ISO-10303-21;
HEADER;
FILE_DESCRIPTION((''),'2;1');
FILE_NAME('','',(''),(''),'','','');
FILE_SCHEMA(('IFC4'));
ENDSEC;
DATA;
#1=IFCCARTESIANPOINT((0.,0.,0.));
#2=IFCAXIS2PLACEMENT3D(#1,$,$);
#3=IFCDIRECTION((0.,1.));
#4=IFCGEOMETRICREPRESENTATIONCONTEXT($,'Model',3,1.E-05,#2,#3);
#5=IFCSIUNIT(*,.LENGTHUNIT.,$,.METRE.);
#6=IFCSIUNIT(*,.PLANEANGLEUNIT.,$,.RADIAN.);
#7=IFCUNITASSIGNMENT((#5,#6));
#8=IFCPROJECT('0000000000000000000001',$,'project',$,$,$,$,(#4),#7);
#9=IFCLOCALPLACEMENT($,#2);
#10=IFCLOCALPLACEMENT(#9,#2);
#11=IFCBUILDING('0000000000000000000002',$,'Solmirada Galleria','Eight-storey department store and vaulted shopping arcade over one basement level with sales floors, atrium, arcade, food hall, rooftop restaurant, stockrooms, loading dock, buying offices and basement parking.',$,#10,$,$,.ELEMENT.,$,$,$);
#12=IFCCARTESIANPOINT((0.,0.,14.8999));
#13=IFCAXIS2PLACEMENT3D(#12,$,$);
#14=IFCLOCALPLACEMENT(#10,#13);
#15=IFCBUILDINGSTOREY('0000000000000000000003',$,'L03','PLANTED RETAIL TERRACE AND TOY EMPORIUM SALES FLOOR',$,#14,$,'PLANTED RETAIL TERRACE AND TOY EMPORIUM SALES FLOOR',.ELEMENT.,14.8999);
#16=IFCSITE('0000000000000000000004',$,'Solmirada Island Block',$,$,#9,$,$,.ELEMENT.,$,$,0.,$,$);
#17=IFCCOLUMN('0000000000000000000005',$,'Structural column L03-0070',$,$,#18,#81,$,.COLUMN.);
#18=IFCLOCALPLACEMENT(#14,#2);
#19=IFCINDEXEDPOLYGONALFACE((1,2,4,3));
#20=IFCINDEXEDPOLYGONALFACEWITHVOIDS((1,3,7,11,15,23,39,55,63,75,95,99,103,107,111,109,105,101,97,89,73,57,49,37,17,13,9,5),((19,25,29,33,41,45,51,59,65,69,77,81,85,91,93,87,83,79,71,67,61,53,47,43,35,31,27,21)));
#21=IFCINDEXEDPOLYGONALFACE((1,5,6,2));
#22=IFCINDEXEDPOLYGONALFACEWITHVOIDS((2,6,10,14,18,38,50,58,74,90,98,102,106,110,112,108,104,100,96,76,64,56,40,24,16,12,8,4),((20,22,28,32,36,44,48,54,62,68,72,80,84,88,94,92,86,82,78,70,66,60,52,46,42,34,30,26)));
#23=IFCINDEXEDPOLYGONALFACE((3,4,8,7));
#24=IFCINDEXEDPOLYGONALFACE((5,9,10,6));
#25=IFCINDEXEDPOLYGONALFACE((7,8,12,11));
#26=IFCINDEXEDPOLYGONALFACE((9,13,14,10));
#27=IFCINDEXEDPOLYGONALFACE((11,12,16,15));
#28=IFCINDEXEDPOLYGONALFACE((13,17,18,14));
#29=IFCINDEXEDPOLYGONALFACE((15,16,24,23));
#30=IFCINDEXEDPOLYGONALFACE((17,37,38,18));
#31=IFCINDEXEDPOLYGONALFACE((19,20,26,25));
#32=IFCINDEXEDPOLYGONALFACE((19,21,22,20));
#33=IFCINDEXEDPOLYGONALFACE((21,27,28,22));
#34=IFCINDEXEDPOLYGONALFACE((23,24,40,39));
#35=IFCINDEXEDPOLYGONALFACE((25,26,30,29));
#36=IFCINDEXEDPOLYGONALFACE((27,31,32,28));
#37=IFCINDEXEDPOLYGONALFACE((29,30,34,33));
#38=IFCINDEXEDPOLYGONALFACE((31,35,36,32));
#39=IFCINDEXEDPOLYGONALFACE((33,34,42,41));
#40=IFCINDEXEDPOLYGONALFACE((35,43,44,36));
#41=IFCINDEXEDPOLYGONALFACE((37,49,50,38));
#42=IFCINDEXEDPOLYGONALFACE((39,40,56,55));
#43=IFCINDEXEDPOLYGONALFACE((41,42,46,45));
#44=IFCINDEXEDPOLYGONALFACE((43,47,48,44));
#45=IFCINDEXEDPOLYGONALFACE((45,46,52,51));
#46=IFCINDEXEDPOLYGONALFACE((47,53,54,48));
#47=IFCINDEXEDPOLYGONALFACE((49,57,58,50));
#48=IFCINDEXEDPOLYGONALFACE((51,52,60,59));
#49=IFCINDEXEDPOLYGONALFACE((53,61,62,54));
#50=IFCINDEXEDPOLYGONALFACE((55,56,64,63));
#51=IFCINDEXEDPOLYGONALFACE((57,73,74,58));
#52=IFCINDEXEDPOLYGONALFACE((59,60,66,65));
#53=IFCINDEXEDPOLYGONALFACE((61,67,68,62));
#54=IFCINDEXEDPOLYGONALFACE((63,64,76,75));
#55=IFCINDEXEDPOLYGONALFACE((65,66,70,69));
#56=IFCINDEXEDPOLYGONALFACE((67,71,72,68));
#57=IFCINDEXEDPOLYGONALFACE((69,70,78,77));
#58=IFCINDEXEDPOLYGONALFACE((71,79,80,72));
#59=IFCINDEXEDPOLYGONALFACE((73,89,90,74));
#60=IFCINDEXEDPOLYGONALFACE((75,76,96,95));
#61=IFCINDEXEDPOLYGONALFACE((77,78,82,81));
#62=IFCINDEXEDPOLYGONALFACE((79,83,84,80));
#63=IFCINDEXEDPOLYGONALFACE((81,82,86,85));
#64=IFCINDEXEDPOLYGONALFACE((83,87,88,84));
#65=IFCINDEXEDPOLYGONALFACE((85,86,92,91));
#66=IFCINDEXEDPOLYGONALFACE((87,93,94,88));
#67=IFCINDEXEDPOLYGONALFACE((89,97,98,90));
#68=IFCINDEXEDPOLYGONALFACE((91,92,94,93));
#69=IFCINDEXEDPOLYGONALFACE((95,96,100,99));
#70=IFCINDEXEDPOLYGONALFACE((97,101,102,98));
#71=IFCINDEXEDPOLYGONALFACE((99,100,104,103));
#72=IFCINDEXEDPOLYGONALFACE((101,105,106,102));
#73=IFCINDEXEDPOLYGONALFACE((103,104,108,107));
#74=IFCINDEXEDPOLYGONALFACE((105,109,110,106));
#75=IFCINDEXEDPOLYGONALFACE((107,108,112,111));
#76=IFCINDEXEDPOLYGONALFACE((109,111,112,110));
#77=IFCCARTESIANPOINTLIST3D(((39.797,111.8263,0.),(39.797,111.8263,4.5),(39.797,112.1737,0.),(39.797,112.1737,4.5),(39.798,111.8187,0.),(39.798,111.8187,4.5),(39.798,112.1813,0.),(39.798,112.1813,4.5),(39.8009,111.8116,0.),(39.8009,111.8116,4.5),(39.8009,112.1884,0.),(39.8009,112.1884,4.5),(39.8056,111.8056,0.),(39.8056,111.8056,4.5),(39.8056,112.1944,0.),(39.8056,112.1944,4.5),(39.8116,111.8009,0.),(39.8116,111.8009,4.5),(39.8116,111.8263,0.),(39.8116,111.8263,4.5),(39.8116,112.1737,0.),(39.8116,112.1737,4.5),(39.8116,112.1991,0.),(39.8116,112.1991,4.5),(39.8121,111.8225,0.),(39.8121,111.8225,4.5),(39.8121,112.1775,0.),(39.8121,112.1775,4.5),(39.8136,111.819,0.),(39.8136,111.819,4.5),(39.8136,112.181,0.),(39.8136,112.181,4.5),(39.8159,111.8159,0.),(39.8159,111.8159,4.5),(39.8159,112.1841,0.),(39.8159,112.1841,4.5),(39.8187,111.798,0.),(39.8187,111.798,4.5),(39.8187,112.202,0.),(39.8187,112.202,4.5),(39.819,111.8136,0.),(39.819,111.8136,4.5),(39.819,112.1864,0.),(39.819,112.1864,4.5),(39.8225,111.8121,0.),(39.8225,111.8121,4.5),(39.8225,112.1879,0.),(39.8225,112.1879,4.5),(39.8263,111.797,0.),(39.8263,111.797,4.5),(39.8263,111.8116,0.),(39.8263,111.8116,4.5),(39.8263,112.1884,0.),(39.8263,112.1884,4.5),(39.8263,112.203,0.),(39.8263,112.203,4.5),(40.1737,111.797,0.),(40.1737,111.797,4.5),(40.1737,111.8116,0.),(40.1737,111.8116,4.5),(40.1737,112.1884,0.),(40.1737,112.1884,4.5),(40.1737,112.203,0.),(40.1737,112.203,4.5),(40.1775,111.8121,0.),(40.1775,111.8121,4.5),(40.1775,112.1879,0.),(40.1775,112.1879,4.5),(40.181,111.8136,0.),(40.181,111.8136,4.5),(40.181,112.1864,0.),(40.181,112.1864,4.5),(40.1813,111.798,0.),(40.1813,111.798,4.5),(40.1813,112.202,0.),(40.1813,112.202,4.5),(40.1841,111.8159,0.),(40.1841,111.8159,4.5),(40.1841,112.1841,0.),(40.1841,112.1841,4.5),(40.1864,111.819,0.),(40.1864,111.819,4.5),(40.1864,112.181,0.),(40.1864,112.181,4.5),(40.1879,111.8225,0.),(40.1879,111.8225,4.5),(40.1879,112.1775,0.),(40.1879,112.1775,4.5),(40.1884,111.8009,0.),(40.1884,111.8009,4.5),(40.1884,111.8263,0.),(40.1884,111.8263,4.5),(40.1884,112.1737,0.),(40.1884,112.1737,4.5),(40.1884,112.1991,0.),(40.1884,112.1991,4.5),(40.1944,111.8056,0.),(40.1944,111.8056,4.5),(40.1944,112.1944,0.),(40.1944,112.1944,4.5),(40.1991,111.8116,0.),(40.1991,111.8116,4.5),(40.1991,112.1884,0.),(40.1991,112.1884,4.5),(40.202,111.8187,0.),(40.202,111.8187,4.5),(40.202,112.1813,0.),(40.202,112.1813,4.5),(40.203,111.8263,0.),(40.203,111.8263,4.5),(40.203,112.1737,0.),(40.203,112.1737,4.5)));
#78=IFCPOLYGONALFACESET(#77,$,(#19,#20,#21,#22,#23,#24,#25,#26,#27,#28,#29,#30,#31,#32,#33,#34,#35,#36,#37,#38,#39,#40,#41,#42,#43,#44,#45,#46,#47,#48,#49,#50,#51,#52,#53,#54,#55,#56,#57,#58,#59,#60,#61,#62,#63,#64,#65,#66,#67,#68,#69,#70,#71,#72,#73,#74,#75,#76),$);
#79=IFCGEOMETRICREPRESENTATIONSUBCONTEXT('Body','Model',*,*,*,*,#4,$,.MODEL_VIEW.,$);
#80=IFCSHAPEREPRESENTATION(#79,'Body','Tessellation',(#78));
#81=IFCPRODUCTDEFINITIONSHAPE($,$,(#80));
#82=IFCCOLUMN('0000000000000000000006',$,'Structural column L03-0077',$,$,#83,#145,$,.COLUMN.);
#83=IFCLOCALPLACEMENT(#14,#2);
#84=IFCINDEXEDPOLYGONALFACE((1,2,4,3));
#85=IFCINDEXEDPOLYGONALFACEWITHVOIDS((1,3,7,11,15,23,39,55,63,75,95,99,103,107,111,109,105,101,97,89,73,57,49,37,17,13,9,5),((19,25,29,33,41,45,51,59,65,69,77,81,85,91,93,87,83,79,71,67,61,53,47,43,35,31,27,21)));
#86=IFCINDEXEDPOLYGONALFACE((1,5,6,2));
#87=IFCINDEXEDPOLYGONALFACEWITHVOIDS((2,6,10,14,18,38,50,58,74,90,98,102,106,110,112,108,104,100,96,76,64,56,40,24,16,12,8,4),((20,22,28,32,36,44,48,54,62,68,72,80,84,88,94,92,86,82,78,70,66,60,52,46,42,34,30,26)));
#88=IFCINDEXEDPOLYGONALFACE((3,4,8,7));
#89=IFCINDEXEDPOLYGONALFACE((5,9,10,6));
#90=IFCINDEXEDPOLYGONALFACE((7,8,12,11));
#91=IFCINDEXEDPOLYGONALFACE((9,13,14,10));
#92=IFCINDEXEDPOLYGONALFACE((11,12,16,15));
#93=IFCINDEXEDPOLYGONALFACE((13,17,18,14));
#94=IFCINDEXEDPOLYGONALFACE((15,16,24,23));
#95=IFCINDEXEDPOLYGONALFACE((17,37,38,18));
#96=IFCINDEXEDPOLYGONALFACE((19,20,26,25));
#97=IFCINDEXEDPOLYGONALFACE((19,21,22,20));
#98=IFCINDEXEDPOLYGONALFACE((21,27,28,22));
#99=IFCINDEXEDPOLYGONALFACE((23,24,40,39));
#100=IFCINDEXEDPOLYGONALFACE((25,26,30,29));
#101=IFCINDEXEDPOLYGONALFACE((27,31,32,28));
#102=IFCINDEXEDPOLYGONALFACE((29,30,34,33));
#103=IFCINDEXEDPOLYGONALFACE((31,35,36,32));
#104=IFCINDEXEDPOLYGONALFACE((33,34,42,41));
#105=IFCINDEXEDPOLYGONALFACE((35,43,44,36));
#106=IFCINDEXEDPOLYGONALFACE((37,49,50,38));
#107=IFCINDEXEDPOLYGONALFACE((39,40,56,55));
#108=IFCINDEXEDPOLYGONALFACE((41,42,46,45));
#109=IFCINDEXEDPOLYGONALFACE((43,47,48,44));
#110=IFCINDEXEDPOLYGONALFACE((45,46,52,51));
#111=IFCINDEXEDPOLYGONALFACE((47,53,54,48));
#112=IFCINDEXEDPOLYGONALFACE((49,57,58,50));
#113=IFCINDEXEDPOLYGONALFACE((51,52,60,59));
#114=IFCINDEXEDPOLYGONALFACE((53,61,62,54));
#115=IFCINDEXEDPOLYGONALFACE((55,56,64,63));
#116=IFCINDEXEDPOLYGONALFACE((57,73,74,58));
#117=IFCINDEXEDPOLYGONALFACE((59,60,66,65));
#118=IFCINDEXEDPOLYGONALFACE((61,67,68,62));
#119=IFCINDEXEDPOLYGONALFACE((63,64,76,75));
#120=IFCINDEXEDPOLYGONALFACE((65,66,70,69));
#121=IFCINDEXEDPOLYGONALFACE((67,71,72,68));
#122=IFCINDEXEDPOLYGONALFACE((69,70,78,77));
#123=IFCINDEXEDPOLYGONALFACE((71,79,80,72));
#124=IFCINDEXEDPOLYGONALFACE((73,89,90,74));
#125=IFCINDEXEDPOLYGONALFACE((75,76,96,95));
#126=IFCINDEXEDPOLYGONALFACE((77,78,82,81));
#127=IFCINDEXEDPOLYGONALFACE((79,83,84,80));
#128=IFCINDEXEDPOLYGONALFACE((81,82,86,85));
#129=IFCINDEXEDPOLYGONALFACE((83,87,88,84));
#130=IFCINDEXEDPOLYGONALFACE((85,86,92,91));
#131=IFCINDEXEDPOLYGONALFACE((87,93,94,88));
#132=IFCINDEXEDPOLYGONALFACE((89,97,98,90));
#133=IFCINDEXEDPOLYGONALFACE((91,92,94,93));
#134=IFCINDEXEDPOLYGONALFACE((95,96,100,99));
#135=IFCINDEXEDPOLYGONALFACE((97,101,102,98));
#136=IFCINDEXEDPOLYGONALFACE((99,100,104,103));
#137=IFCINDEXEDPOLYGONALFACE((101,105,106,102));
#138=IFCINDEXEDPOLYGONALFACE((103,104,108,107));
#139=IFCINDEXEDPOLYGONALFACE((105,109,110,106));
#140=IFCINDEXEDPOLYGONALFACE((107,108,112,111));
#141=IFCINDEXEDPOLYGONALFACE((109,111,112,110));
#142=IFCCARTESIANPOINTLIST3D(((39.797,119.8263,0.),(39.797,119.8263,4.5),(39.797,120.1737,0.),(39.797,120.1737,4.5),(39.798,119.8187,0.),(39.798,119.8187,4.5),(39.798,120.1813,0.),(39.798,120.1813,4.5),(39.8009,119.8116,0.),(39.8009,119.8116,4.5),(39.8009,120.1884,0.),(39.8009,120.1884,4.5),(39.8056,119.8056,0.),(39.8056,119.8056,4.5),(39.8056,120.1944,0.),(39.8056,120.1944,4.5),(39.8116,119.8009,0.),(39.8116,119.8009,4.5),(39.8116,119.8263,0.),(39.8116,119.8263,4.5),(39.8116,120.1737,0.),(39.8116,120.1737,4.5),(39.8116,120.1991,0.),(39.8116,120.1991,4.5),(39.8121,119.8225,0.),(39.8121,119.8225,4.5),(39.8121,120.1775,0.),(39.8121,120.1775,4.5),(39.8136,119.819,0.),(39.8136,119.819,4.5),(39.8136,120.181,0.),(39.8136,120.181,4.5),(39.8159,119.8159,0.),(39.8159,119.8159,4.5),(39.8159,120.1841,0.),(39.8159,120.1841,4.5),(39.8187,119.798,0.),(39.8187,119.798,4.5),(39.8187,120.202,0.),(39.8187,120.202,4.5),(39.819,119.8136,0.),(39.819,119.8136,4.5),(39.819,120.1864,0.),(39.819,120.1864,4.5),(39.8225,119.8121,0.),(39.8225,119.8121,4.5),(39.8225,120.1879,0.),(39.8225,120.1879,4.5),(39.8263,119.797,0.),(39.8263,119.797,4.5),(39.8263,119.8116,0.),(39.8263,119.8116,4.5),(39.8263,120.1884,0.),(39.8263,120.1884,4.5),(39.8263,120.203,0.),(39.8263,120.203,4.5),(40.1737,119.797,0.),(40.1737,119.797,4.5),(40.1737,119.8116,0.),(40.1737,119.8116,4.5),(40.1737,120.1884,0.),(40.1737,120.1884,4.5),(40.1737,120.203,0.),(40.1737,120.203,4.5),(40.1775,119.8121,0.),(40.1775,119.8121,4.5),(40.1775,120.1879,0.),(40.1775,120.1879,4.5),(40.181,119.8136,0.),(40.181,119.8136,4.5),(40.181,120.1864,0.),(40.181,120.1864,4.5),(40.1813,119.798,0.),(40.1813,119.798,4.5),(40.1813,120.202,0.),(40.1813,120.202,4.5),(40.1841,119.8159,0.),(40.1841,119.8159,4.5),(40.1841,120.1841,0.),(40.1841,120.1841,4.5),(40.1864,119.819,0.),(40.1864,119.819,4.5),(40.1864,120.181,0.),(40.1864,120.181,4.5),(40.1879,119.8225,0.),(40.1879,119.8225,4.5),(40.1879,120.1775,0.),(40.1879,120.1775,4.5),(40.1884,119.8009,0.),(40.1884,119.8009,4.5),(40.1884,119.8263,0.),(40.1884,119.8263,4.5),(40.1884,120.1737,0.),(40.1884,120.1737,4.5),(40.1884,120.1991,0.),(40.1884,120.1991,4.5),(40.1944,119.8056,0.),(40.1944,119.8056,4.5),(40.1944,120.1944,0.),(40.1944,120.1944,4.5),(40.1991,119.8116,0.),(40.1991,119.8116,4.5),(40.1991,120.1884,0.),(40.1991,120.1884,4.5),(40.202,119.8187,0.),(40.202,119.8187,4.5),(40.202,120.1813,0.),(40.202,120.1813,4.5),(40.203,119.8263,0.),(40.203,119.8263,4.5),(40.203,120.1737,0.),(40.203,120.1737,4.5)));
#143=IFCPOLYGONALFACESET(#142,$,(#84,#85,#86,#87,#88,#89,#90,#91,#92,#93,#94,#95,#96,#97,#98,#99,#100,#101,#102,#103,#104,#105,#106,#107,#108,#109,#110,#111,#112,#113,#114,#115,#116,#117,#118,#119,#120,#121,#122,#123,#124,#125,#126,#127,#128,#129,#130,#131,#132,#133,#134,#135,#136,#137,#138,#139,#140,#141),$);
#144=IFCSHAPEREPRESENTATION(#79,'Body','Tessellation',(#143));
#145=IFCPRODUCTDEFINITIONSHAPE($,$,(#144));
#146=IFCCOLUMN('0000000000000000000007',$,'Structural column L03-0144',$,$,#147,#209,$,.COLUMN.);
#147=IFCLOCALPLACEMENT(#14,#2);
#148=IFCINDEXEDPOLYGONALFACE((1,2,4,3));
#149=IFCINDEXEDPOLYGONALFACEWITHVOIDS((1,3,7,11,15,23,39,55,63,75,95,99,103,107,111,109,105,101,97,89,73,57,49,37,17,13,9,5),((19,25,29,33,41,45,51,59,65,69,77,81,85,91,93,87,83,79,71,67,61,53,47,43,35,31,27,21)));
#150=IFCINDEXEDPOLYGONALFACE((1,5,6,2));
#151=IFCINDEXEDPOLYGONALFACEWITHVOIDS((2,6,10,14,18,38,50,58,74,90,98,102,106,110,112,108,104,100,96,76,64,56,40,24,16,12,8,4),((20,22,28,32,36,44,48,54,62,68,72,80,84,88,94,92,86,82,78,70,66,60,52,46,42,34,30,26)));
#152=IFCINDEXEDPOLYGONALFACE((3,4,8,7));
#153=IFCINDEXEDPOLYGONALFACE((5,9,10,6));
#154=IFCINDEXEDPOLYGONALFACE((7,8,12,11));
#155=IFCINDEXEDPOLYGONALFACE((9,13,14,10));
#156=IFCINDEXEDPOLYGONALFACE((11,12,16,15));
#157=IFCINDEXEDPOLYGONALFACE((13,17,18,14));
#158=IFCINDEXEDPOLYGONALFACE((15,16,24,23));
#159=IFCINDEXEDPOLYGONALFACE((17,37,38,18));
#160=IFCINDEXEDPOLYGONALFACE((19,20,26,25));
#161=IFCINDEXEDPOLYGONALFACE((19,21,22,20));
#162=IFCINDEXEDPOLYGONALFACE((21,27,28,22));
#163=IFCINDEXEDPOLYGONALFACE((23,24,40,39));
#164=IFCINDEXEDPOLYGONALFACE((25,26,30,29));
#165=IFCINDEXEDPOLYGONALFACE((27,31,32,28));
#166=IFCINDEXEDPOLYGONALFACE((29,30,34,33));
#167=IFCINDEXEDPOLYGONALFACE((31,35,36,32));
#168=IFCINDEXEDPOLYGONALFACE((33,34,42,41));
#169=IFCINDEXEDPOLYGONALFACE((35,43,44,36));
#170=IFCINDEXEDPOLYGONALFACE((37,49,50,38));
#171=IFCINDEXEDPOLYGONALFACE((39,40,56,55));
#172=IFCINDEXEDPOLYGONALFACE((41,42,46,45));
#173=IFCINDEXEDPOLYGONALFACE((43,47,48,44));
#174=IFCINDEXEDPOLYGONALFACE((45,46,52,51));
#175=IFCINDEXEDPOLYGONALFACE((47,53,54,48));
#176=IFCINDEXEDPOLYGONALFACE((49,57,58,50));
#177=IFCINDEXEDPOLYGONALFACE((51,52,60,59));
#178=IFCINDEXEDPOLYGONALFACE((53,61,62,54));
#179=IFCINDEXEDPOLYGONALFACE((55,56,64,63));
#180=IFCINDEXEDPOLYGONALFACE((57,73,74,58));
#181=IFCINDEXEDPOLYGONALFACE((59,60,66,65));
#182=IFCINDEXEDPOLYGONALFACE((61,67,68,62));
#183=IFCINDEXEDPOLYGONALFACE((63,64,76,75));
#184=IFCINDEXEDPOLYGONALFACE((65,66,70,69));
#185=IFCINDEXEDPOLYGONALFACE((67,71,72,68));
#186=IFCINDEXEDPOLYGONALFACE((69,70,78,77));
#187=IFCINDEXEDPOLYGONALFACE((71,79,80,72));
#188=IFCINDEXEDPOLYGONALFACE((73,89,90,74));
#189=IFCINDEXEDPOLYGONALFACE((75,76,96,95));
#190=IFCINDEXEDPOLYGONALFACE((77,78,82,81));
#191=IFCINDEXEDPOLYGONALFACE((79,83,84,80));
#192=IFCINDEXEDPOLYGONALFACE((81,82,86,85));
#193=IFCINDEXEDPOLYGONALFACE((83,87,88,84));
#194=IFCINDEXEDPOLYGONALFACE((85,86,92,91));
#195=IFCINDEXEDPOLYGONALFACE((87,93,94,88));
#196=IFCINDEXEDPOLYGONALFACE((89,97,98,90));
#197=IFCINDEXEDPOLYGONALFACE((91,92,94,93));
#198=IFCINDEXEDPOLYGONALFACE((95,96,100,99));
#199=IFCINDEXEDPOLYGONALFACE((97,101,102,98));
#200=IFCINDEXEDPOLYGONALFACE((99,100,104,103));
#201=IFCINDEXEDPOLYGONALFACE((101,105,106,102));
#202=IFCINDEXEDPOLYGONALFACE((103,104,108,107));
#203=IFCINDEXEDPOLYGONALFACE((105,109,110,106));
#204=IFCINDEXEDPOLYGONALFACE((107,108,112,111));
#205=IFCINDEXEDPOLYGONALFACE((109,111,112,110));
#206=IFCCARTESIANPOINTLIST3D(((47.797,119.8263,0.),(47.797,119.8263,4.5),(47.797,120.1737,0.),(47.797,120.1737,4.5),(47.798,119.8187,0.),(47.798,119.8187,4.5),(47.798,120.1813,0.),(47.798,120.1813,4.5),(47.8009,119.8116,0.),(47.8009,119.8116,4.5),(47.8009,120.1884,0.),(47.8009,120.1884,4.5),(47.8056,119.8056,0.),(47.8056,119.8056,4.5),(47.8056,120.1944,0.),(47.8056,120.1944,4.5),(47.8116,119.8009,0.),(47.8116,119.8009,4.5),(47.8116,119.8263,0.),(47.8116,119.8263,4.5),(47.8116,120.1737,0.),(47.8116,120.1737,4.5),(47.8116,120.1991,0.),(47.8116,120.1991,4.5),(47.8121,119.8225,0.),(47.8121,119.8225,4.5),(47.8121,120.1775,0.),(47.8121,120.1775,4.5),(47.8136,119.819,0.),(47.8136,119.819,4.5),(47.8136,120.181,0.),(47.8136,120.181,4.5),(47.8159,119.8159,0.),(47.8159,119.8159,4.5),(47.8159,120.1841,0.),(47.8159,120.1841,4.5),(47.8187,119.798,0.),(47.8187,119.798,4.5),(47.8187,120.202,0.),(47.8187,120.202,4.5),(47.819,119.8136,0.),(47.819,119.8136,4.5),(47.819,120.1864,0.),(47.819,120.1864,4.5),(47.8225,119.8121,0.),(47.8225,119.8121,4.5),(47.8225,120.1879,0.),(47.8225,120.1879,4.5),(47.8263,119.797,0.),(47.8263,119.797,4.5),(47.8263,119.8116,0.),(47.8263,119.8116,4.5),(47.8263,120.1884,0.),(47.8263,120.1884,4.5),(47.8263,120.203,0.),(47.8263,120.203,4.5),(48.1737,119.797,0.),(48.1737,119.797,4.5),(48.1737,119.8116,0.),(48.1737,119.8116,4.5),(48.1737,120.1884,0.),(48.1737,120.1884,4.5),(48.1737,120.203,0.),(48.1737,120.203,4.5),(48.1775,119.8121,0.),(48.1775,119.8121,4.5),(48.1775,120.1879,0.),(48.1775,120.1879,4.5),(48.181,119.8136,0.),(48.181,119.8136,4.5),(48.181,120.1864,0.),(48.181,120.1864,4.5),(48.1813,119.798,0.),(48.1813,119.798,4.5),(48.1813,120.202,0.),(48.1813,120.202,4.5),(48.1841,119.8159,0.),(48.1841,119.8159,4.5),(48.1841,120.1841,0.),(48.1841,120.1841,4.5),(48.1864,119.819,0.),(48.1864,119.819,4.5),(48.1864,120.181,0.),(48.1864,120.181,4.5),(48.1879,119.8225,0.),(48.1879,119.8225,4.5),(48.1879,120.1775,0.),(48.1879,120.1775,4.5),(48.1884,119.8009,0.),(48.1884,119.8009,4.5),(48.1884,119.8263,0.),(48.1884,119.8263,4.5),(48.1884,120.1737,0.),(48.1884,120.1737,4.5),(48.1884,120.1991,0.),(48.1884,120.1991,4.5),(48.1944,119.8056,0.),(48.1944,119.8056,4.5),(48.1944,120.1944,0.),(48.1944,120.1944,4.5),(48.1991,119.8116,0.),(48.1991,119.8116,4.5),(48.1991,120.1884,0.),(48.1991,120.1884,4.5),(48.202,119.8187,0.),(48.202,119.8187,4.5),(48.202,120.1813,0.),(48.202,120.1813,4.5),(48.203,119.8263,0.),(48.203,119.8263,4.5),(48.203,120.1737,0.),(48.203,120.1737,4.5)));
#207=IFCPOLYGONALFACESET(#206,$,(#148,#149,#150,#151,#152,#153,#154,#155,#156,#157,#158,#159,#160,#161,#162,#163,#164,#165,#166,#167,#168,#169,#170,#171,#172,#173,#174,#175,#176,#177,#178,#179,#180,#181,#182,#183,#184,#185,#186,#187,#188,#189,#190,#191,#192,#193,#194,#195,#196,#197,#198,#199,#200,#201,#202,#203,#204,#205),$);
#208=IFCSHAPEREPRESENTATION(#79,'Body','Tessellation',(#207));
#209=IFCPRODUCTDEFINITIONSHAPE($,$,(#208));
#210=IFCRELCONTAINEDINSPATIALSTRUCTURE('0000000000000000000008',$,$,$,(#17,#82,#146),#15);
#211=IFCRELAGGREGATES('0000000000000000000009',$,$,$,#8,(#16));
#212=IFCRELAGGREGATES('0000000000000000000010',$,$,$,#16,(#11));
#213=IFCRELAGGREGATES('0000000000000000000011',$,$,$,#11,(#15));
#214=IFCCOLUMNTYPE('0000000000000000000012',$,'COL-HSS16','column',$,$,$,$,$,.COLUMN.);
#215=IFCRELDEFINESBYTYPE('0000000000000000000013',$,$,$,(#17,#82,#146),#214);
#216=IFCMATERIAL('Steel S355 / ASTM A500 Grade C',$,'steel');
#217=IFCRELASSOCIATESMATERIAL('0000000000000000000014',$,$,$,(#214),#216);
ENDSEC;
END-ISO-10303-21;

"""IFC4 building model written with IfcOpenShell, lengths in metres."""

from ifc_helpers import new_model, si_unit, direction, frame, origin, origin_2d, place, context, subcontext, project, spatial, hollow_rectangle, extrude, material, material_profile, profile_set, type_object, element, save


model = new_model("IFC4")

# Units and contexts
model_context = context("Model", 3, precision=1e-05, world=origin(), true_north=direction((0.0, 1.0)))
body_context = subcontext(model_context, "Body", "Model", "MODEL_VIEW")
ifc_project = project(units=[si_unit("LENGTHUNIT", "METRE"), si_unit("PLANEANGLEUNIT", "RADIAN")], contexts=[model_context])

# Site, building, storey
site_placement = place(None, origin())
site = spatial("IfcSite", under=ifc_project, at=site_placement, Name="Solmirada Island Block", CompositionType="ELEMENT", RefElevation=0.0)
building_placement = place(site_placement, origin())
building = spatial("IfcBuilding", under=site, at=building_placement, Name="Solmirada Galleria", Description="Eight-storey department store and vaulted shopping arcade over one basement level with sales floors, atrium, arcade, food hall, rooftop restaurant, stockrooms, loading dock, buying offices and basement parking.", CompositionType="ELEMENT")
storey_placement = place(building_placement, frame((0.0, 0.0, 14.8999)))
storey = spatial("IfcBuildingStorey", under=building, at=storey_placement, Name="L03", Description="PLANTED RETAIL TERRACE AND TOY EMPORIUM SALES FLOOR", LongName="PLANTED RETAIL TERRACE AND TOY EMPORIUM SALES FLOOR", CompositionType="ELEMENT", Elevation=14.8999)

# Columns
ifc_material_1 = material(Name="Steel S355 / ASTM A500 Grade C", Category="steel")
ifc_material_profile_1 = material_profile(ifc_material_1, hollow_rectangle(XDim=0.406, YDim=0.406, WallThickness=0.0146, InnerFilletRadius=0.0146, OuterFilletRadius=0.0293, at=origin_2d()), Name="HSS16X16X5/8")
ifc_profile_set_1 = profile_set([ifc_material_profile_1], Name="Steel S355 / ASTM A500 Grade C")
column_type_1 = type_object("IfcColumnType", Name="COL-HSS16", Description="column", PredefinedType="COLUMN", material=ifc_profile_set_1)
for number, where, z_axis, x_axis, name in (
    (1, (40.0, 112.0, 0.0), (0.0, 0.0, 1.0), (1.0, 0.0, 0.0), "Structural column L03-0070"),
    (2, (40.0, 120.0, 0.0), (0.0, 0.0, 1.0), (1.0, 0.0, 0.0), "Structural column L03-0077"),
    (3, (48.0, 120.0, 0.0), (0.0, 0.0, 1.0), (1.0, 0.0, 0.0), "Structural column L03-0144"),
):
    element("IfcColumn", number, at=place(storey_placement, frame(where, z_axis=z_axis, x_axis=x_axis)), inside=storey, type_object=column_type_1, Name=name, PredefinedType="COLUMN", context=body_context, shape_type="SweptSolid", body=[
        extrude(hollow_rectangle(XDim=0.406, YDim=0.406, WallThickness=0.0146, InnerFilletRadius=0.0146, OuterFilletRadius=0.0293, at=origin_2d()), origin(), (0.0, 0.0, 1.0), 4.5),
    ])

save(model, "model.ifc")
